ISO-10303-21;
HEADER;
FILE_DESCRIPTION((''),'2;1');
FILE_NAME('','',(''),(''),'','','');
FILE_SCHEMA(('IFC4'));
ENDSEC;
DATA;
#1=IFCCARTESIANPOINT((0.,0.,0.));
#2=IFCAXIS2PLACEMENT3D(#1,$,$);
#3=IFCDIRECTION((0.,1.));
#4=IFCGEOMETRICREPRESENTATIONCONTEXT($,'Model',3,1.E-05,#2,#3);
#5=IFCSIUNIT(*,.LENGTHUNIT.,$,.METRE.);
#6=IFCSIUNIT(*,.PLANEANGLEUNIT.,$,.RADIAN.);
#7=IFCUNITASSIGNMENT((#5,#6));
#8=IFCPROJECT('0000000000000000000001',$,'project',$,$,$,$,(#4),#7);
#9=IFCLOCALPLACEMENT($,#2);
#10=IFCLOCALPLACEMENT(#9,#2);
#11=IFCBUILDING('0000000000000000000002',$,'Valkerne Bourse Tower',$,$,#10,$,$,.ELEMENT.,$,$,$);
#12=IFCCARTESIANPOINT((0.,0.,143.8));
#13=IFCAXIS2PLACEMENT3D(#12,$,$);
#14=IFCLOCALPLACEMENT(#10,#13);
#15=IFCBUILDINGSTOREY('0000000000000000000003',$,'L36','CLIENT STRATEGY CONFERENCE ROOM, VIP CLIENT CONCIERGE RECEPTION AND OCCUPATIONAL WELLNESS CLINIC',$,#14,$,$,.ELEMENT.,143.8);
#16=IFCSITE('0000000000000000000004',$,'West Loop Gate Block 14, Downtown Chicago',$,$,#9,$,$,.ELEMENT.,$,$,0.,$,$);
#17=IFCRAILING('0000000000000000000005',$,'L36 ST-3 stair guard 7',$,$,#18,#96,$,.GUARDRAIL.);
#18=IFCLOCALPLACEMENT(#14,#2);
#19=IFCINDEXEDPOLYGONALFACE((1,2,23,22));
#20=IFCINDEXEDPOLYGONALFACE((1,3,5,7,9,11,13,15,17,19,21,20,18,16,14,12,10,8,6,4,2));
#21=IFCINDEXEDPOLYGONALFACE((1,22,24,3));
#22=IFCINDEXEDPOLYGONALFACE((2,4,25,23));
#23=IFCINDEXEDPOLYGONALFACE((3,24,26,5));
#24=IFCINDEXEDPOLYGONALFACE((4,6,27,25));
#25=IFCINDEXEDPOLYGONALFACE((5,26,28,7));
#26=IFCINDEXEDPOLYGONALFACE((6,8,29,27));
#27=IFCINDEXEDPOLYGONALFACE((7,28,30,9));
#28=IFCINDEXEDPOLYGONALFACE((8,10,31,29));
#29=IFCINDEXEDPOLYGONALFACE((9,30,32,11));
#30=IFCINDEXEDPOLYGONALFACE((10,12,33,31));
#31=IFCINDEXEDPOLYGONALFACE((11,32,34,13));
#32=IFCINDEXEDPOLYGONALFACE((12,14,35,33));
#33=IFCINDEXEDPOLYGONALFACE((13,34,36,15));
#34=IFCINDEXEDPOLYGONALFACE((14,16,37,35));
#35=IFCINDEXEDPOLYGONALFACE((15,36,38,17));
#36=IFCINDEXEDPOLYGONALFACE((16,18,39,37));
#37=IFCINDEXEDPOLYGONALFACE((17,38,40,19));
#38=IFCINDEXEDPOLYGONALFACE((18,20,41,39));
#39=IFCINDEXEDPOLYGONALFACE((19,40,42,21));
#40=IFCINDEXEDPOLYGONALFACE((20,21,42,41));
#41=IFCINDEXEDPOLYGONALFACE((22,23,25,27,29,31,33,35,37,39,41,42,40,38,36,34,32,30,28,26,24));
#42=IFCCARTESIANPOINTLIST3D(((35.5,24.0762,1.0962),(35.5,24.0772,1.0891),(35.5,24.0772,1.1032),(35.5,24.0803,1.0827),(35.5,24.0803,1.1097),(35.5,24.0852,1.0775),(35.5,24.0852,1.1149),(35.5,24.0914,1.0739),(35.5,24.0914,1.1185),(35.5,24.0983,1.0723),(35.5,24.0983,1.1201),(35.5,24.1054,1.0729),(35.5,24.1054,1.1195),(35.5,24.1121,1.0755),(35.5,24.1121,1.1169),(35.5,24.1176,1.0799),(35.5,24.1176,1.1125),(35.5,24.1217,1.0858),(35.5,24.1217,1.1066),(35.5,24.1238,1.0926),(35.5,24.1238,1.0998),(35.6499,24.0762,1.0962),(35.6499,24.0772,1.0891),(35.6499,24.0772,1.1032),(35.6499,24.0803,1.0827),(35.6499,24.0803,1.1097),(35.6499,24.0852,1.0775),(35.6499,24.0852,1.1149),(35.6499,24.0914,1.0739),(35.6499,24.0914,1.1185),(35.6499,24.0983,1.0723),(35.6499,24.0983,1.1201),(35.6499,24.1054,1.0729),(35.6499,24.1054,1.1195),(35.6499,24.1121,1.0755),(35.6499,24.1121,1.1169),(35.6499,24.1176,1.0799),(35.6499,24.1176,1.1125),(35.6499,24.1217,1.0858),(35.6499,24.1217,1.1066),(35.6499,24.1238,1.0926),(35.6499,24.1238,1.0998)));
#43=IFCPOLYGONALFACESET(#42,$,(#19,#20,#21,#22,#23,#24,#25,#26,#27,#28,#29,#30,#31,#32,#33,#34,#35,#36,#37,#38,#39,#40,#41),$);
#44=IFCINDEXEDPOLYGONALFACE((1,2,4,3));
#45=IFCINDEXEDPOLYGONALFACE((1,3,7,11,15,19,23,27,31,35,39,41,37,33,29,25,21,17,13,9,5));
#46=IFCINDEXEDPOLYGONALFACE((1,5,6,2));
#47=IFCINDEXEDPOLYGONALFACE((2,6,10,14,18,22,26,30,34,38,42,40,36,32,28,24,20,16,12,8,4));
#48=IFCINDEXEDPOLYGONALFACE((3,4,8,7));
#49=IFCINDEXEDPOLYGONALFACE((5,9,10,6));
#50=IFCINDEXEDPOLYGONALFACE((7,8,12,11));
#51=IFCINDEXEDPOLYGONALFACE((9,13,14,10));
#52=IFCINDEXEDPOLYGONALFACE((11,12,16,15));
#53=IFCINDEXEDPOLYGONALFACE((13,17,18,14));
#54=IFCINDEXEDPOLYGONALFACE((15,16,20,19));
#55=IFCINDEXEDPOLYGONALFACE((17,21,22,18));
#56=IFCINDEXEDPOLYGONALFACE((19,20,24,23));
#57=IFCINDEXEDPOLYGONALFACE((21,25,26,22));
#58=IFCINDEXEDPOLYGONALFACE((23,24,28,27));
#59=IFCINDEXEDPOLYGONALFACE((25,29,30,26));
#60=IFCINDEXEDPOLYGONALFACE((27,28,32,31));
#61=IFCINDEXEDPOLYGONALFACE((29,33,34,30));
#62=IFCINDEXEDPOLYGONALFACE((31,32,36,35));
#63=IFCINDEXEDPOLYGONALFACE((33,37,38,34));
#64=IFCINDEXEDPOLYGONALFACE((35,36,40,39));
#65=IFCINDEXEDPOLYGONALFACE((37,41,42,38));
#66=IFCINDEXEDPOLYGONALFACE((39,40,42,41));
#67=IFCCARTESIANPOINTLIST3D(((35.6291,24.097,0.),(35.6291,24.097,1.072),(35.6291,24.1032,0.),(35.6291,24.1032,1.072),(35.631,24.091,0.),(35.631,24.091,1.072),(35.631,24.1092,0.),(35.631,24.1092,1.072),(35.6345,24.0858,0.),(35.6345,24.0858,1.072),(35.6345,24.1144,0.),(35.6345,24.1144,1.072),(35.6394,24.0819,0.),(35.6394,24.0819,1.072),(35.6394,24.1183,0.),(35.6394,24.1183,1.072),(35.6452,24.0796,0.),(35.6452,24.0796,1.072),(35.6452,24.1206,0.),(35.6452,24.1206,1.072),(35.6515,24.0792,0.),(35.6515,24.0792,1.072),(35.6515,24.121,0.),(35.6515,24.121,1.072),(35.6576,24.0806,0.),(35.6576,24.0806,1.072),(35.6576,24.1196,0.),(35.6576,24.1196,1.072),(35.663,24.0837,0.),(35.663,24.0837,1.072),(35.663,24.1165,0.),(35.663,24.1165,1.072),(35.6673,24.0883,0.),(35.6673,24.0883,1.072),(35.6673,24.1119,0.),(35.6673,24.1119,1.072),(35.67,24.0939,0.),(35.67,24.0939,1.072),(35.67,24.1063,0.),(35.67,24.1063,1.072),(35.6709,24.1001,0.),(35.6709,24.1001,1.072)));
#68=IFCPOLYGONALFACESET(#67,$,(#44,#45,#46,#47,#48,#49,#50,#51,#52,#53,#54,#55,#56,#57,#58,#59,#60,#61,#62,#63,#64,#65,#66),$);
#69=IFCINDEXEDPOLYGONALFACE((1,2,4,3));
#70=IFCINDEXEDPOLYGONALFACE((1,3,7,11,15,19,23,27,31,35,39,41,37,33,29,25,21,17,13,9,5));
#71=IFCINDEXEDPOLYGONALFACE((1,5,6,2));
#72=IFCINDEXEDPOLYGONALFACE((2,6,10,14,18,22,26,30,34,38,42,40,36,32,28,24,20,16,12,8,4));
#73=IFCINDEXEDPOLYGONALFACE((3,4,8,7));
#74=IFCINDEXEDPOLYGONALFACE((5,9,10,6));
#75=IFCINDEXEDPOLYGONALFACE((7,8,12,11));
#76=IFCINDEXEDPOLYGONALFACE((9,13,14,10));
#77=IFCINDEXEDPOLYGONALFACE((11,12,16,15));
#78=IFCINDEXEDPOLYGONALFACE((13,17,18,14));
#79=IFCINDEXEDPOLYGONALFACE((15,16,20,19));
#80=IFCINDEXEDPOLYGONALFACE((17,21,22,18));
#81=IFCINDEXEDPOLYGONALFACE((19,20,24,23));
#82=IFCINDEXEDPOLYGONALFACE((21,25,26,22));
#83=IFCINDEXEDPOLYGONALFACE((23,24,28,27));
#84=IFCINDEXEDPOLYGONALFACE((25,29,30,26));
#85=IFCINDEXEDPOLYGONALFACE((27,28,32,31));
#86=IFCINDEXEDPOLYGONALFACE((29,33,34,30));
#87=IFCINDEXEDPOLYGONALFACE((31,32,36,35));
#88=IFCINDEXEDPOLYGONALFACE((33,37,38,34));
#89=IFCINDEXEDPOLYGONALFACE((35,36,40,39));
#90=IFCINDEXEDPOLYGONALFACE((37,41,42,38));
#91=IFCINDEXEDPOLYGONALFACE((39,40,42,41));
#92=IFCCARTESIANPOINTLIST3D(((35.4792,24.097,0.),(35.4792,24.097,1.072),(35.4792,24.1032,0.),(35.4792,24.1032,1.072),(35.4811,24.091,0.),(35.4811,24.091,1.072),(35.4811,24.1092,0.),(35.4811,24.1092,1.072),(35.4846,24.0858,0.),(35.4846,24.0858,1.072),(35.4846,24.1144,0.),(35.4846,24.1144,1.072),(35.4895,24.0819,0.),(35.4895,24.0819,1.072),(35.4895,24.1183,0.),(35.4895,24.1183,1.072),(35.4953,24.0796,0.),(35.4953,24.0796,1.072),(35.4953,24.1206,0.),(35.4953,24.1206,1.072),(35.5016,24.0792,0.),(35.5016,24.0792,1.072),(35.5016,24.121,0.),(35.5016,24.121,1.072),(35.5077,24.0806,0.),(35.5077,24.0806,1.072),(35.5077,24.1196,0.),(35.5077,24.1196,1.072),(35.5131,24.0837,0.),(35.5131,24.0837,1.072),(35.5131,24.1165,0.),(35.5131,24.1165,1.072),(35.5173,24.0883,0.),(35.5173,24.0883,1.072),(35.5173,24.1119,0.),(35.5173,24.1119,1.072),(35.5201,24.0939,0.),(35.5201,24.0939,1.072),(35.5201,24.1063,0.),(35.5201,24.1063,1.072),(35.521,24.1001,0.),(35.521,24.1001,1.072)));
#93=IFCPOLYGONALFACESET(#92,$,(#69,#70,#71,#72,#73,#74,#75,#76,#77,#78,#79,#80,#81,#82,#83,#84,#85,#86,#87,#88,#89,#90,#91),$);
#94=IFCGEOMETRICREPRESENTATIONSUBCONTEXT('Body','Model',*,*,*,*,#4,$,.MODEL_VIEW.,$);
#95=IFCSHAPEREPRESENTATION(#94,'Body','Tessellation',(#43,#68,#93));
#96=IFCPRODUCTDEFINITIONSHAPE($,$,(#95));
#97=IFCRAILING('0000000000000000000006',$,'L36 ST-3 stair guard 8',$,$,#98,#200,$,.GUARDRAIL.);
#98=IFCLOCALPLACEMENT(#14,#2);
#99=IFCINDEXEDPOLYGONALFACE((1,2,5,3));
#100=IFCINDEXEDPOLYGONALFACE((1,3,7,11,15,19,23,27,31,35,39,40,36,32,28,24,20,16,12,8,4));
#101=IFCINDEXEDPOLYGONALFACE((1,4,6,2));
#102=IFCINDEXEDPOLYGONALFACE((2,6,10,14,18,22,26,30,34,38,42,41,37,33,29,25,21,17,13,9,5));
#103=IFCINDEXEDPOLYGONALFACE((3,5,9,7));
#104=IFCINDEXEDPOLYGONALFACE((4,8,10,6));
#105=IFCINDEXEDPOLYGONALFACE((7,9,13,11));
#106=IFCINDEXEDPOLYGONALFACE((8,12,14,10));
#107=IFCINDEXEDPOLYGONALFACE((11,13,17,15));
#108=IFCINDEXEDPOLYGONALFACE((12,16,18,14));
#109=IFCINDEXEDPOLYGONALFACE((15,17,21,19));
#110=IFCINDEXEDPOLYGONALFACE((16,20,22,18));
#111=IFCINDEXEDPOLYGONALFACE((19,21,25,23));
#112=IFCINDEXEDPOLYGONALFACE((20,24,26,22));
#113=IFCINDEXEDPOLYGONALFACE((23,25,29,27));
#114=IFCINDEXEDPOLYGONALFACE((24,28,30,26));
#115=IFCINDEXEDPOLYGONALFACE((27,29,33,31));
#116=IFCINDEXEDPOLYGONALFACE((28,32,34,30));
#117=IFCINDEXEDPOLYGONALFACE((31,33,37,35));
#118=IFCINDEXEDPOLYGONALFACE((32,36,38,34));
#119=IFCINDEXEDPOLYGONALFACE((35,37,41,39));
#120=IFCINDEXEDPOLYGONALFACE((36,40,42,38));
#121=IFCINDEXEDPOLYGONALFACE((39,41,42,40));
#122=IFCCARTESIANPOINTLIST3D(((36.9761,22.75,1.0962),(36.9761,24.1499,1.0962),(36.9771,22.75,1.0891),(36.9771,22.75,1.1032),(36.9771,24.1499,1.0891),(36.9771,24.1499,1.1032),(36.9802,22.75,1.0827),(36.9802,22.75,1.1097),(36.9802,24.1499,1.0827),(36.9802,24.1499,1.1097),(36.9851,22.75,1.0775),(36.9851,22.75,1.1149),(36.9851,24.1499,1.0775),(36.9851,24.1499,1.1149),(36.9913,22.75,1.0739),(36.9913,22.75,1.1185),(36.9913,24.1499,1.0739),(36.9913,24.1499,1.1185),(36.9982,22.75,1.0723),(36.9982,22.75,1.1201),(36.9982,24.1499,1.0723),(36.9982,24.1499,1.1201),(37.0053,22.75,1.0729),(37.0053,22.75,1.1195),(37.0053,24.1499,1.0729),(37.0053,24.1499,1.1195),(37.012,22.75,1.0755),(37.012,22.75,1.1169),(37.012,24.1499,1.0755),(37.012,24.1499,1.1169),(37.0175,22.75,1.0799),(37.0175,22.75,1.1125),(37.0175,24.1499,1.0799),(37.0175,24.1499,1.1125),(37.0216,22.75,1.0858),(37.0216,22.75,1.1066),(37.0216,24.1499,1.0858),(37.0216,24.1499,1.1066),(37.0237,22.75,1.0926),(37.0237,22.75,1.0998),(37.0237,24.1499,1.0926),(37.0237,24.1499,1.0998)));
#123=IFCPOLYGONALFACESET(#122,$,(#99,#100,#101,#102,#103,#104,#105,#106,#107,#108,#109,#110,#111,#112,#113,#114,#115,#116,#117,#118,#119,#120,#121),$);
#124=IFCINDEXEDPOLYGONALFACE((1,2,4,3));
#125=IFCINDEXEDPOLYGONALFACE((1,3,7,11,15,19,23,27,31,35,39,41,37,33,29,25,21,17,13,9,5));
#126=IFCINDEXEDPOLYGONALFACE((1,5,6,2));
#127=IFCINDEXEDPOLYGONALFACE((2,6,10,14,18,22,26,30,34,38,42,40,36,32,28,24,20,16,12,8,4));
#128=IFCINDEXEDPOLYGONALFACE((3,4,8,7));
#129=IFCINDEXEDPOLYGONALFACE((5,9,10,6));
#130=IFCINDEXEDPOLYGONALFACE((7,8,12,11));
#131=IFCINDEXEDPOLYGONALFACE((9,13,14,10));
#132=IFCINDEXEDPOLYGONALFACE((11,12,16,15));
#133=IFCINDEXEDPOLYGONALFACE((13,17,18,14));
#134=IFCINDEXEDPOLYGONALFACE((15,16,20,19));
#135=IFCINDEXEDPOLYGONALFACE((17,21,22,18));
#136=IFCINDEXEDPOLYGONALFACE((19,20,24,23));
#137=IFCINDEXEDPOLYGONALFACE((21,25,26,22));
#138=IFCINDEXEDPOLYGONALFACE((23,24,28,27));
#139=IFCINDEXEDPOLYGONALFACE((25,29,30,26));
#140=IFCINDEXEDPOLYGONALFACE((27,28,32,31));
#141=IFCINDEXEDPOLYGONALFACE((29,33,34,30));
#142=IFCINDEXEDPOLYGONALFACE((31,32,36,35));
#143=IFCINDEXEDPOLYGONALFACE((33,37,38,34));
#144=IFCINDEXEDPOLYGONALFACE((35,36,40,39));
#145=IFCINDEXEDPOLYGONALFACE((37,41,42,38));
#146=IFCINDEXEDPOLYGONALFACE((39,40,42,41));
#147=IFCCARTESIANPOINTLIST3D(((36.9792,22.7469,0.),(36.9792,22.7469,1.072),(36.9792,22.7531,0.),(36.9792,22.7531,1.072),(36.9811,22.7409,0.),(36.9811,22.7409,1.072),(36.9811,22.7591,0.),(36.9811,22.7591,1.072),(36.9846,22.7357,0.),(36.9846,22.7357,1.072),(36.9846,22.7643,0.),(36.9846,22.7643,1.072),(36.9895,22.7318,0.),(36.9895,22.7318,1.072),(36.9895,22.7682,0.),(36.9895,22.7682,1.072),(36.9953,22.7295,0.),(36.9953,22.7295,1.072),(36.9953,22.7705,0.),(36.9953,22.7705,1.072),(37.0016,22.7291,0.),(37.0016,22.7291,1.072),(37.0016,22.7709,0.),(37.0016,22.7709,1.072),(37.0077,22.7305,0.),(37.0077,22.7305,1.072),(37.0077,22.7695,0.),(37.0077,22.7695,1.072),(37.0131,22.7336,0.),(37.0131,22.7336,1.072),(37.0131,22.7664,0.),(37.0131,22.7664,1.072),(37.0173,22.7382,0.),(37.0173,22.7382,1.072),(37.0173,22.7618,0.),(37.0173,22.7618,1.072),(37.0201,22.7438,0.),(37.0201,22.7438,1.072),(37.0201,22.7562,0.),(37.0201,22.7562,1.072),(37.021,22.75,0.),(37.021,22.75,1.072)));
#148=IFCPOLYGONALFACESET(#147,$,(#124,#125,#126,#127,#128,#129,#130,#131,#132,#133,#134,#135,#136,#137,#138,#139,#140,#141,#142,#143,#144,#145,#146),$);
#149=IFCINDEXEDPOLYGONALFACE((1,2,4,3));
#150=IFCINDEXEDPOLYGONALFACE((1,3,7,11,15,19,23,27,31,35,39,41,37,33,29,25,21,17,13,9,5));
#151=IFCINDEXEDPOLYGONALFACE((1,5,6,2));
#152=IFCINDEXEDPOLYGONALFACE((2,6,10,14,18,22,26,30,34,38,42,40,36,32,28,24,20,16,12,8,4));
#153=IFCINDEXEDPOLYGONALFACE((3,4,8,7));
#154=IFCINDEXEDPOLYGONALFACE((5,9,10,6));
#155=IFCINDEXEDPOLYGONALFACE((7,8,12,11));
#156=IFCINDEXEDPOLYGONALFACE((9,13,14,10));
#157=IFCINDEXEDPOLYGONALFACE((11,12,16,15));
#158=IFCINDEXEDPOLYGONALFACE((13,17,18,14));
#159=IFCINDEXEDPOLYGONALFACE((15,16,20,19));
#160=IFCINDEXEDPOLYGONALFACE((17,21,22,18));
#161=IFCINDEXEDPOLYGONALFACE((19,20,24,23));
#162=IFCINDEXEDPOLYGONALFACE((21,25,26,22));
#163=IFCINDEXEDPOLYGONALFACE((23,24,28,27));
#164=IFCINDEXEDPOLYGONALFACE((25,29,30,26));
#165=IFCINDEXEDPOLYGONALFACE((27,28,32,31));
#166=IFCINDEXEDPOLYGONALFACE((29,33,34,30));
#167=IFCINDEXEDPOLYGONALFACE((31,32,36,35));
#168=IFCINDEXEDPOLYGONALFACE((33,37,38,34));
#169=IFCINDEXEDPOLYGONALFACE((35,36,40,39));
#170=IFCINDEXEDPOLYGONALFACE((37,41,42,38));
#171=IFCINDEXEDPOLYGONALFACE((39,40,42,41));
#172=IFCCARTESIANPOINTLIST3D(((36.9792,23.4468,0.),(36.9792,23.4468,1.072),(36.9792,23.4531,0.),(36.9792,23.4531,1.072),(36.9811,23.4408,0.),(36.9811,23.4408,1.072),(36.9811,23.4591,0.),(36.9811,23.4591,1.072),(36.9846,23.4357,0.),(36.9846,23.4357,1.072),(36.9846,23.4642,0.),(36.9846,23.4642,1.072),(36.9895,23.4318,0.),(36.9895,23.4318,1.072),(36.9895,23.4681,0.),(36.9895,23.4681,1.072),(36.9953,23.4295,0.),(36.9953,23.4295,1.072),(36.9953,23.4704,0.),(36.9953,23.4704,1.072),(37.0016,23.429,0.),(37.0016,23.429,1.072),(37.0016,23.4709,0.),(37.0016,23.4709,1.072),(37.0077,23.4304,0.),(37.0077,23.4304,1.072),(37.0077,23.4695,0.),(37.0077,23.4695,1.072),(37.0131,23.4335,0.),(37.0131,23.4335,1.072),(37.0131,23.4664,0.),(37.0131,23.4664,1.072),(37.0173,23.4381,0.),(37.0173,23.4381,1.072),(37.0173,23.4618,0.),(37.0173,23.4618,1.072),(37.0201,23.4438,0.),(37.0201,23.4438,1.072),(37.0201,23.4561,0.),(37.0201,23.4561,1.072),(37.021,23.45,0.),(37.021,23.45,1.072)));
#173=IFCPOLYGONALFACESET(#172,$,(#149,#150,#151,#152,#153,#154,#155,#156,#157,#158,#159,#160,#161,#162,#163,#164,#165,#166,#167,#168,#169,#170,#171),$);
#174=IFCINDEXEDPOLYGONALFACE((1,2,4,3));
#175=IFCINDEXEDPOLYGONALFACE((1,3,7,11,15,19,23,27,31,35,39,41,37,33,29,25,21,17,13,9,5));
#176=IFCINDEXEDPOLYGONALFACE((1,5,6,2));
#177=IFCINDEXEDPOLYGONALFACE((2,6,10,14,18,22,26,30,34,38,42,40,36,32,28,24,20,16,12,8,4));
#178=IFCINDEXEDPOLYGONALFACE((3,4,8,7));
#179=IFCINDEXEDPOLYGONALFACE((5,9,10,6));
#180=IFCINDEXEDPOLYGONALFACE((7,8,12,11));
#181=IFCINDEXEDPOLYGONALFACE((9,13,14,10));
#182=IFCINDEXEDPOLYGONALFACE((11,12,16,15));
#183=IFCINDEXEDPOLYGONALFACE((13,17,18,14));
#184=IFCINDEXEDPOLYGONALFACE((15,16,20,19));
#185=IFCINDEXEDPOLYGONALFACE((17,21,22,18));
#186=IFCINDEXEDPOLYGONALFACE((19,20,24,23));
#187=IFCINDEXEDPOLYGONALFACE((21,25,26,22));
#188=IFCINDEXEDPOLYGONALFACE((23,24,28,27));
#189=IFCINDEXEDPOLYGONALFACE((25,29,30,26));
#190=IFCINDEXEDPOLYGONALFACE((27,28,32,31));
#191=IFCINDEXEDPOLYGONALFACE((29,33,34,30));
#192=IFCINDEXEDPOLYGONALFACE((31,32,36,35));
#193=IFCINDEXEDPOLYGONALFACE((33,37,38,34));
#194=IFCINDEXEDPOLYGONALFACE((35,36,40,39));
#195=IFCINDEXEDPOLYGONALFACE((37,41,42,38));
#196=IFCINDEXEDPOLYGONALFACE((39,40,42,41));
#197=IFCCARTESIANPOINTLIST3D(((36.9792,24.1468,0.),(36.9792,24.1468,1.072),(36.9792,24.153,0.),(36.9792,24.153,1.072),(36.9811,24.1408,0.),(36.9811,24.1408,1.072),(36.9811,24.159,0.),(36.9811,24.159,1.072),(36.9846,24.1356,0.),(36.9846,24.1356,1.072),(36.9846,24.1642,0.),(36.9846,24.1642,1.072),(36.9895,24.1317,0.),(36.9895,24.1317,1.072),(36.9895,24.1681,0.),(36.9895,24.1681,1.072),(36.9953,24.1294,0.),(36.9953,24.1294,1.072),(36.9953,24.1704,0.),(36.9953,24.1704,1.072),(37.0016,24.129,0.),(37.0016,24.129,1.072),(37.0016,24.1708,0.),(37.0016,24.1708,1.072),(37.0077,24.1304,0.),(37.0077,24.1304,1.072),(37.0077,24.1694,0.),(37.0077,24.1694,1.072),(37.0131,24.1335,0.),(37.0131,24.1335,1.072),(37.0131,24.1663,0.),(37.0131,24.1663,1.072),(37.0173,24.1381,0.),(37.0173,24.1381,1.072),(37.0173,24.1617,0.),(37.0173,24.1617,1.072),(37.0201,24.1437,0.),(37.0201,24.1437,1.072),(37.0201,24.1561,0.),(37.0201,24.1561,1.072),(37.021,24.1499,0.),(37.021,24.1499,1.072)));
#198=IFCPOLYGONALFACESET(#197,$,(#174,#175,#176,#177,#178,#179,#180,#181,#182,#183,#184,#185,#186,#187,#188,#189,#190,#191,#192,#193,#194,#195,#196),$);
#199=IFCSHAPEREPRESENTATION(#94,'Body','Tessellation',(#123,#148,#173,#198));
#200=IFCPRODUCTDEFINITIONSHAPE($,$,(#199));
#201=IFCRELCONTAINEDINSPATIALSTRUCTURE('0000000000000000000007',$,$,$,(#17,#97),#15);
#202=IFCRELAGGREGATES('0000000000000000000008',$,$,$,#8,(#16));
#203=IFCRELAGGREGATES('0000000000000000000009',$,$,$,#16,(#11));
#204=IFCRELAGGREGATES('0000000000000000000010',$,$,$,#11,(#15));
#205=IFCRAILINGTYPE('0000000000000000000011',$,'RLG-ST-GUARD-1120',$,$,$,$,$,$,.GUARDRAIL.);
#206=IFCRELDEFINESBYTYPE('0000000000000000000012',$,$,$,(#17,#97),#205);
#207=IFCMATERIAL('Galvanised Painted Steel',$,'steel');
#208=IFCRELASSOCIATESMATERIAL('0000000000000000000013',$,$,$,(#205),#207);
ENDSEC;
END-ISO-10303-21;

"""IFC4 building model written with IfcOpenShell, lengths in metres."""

from ifc_helpers import new_model, si_unit, direction, frame, origin, origin_2d, place, context, subcontext, project, spatial, circle, extrude, material, type_object, element, save


model = new_model("IFC4")

# Units and contexts
model_context = context("Model", 3, precision=1e-05, world=origin(), true_north=direction((0.0, 1.0)))
body_context = subcontext(model_context, "Body", "Model", "MODEL_VIEW")
ifc_project = project(units=[si_unit("LENGTHUNIT", "METRE"), si_unit("PLANEANGLEUNIT", "RADIAN")], contexts=[model_context])

# Site, building, storey
site_placement = place(None, origin())
site = spatial("IfcSite", under=ifc_project, at=site_placement, Name="West Loop Gate Block 14, Downtown Chicago", CompositionType="ELEMENT", RefElevation=0.0)
building_placement = place(site_placement, origin())
building = spatial("IfcBuilding", under=site, at=building_placement, Name="Valkerne Bourse Tower", CompositionType="ELEMENT")
storey_placement = place(building_placement, frame((0.0, 0.0, 143.8)))
storey = spatial("IfcBuildingStorey", under=building, at=storey_placement, Name="L36", Description="CLIENT STRATEGY CONFERENCE ROOM, VIP CLIENT CONCIERGE RECEPTION AND OCCUPATIONAL WELLNESS CLINIC", CompositionType="ELEMENT", Elevation=143.8)

# Railings
ifc_material_1 = material(Name="Galvanised Painted Steel", Category="steel")
railing_type_1 = type_object("IfcRailingType", Name="RLG-ST-GUARD-1120", PredefinedType="GUARDRAIL", material=ifc_material_1)
railing_1_placement = place(storey_placement, frame((35.6499, 24.1001, 0.0)))
element("IfcRailing", 1, at=railing_1_placement, inside=storey, type_object=railing_type_1, Name="L36 ST-3 stair guard 7", PredefinedType="GUARDRAIL", context=body_context, shape_type="SweptSolid", body=[
    extrude(circle(Radius=0.0239, at=origin_2d()), frame((0.0, 0.0, 1.0962), z_axis=(-1.0, 0.0, 0.0), x_axis=(0.0, -1.0, 0.0)), (0.0, 0.0, 1.0), 0.1499),
    extrude(circle(Radius=0.021, at=origin_2d()), origin(), (0.0, 0.0, 1.0), 1.072),
    extrude(circle(Radius=0.021, at=origin_2d()), frame((-0.1499, 0.0, 0.0)), (0.0, 0.0, 1.0), 1.072),
])
for number, where, name in (
    (2, (37.0, 22.75, 0.0), "L36 ST-3 stair guard 8"),
):
    element("IfcRailing", number, at=place(storey_placement, frame(where)), inside=storey, type_object=railing_type_1, Name=name, PredefinedType="GUARDRAIL", context=body_context, shape_type="SweptSolid", body=[
        extrude(circle(Radius=0.0239, at=origin_2d()), frame((0.0, 0.0, 1.0962), z_axis=(0.0, 1.0, 0.0), x_axis=(-1.0, 0.0, 0.0)), (0.0, 0.0, 1.0), 1.3999),
        extrude(circle(Radius=0.021, at=origin_2d()), origin(), (0.0, 0.0, 1.0), 1.072),
        extrude(circle(Radius=0.021, at=origin_2d()), frame((0.0, 0.7, 0.0)), (0.0, 0.0, 1.0), 1.072),
        extrude(circle(Radius=0.021, at=origin_2d()), frame((0.0, 1.3999, 0.0)), (0.0, 0.0, 1.0), 1.072),
    ])

save(model, "model.ifc")
